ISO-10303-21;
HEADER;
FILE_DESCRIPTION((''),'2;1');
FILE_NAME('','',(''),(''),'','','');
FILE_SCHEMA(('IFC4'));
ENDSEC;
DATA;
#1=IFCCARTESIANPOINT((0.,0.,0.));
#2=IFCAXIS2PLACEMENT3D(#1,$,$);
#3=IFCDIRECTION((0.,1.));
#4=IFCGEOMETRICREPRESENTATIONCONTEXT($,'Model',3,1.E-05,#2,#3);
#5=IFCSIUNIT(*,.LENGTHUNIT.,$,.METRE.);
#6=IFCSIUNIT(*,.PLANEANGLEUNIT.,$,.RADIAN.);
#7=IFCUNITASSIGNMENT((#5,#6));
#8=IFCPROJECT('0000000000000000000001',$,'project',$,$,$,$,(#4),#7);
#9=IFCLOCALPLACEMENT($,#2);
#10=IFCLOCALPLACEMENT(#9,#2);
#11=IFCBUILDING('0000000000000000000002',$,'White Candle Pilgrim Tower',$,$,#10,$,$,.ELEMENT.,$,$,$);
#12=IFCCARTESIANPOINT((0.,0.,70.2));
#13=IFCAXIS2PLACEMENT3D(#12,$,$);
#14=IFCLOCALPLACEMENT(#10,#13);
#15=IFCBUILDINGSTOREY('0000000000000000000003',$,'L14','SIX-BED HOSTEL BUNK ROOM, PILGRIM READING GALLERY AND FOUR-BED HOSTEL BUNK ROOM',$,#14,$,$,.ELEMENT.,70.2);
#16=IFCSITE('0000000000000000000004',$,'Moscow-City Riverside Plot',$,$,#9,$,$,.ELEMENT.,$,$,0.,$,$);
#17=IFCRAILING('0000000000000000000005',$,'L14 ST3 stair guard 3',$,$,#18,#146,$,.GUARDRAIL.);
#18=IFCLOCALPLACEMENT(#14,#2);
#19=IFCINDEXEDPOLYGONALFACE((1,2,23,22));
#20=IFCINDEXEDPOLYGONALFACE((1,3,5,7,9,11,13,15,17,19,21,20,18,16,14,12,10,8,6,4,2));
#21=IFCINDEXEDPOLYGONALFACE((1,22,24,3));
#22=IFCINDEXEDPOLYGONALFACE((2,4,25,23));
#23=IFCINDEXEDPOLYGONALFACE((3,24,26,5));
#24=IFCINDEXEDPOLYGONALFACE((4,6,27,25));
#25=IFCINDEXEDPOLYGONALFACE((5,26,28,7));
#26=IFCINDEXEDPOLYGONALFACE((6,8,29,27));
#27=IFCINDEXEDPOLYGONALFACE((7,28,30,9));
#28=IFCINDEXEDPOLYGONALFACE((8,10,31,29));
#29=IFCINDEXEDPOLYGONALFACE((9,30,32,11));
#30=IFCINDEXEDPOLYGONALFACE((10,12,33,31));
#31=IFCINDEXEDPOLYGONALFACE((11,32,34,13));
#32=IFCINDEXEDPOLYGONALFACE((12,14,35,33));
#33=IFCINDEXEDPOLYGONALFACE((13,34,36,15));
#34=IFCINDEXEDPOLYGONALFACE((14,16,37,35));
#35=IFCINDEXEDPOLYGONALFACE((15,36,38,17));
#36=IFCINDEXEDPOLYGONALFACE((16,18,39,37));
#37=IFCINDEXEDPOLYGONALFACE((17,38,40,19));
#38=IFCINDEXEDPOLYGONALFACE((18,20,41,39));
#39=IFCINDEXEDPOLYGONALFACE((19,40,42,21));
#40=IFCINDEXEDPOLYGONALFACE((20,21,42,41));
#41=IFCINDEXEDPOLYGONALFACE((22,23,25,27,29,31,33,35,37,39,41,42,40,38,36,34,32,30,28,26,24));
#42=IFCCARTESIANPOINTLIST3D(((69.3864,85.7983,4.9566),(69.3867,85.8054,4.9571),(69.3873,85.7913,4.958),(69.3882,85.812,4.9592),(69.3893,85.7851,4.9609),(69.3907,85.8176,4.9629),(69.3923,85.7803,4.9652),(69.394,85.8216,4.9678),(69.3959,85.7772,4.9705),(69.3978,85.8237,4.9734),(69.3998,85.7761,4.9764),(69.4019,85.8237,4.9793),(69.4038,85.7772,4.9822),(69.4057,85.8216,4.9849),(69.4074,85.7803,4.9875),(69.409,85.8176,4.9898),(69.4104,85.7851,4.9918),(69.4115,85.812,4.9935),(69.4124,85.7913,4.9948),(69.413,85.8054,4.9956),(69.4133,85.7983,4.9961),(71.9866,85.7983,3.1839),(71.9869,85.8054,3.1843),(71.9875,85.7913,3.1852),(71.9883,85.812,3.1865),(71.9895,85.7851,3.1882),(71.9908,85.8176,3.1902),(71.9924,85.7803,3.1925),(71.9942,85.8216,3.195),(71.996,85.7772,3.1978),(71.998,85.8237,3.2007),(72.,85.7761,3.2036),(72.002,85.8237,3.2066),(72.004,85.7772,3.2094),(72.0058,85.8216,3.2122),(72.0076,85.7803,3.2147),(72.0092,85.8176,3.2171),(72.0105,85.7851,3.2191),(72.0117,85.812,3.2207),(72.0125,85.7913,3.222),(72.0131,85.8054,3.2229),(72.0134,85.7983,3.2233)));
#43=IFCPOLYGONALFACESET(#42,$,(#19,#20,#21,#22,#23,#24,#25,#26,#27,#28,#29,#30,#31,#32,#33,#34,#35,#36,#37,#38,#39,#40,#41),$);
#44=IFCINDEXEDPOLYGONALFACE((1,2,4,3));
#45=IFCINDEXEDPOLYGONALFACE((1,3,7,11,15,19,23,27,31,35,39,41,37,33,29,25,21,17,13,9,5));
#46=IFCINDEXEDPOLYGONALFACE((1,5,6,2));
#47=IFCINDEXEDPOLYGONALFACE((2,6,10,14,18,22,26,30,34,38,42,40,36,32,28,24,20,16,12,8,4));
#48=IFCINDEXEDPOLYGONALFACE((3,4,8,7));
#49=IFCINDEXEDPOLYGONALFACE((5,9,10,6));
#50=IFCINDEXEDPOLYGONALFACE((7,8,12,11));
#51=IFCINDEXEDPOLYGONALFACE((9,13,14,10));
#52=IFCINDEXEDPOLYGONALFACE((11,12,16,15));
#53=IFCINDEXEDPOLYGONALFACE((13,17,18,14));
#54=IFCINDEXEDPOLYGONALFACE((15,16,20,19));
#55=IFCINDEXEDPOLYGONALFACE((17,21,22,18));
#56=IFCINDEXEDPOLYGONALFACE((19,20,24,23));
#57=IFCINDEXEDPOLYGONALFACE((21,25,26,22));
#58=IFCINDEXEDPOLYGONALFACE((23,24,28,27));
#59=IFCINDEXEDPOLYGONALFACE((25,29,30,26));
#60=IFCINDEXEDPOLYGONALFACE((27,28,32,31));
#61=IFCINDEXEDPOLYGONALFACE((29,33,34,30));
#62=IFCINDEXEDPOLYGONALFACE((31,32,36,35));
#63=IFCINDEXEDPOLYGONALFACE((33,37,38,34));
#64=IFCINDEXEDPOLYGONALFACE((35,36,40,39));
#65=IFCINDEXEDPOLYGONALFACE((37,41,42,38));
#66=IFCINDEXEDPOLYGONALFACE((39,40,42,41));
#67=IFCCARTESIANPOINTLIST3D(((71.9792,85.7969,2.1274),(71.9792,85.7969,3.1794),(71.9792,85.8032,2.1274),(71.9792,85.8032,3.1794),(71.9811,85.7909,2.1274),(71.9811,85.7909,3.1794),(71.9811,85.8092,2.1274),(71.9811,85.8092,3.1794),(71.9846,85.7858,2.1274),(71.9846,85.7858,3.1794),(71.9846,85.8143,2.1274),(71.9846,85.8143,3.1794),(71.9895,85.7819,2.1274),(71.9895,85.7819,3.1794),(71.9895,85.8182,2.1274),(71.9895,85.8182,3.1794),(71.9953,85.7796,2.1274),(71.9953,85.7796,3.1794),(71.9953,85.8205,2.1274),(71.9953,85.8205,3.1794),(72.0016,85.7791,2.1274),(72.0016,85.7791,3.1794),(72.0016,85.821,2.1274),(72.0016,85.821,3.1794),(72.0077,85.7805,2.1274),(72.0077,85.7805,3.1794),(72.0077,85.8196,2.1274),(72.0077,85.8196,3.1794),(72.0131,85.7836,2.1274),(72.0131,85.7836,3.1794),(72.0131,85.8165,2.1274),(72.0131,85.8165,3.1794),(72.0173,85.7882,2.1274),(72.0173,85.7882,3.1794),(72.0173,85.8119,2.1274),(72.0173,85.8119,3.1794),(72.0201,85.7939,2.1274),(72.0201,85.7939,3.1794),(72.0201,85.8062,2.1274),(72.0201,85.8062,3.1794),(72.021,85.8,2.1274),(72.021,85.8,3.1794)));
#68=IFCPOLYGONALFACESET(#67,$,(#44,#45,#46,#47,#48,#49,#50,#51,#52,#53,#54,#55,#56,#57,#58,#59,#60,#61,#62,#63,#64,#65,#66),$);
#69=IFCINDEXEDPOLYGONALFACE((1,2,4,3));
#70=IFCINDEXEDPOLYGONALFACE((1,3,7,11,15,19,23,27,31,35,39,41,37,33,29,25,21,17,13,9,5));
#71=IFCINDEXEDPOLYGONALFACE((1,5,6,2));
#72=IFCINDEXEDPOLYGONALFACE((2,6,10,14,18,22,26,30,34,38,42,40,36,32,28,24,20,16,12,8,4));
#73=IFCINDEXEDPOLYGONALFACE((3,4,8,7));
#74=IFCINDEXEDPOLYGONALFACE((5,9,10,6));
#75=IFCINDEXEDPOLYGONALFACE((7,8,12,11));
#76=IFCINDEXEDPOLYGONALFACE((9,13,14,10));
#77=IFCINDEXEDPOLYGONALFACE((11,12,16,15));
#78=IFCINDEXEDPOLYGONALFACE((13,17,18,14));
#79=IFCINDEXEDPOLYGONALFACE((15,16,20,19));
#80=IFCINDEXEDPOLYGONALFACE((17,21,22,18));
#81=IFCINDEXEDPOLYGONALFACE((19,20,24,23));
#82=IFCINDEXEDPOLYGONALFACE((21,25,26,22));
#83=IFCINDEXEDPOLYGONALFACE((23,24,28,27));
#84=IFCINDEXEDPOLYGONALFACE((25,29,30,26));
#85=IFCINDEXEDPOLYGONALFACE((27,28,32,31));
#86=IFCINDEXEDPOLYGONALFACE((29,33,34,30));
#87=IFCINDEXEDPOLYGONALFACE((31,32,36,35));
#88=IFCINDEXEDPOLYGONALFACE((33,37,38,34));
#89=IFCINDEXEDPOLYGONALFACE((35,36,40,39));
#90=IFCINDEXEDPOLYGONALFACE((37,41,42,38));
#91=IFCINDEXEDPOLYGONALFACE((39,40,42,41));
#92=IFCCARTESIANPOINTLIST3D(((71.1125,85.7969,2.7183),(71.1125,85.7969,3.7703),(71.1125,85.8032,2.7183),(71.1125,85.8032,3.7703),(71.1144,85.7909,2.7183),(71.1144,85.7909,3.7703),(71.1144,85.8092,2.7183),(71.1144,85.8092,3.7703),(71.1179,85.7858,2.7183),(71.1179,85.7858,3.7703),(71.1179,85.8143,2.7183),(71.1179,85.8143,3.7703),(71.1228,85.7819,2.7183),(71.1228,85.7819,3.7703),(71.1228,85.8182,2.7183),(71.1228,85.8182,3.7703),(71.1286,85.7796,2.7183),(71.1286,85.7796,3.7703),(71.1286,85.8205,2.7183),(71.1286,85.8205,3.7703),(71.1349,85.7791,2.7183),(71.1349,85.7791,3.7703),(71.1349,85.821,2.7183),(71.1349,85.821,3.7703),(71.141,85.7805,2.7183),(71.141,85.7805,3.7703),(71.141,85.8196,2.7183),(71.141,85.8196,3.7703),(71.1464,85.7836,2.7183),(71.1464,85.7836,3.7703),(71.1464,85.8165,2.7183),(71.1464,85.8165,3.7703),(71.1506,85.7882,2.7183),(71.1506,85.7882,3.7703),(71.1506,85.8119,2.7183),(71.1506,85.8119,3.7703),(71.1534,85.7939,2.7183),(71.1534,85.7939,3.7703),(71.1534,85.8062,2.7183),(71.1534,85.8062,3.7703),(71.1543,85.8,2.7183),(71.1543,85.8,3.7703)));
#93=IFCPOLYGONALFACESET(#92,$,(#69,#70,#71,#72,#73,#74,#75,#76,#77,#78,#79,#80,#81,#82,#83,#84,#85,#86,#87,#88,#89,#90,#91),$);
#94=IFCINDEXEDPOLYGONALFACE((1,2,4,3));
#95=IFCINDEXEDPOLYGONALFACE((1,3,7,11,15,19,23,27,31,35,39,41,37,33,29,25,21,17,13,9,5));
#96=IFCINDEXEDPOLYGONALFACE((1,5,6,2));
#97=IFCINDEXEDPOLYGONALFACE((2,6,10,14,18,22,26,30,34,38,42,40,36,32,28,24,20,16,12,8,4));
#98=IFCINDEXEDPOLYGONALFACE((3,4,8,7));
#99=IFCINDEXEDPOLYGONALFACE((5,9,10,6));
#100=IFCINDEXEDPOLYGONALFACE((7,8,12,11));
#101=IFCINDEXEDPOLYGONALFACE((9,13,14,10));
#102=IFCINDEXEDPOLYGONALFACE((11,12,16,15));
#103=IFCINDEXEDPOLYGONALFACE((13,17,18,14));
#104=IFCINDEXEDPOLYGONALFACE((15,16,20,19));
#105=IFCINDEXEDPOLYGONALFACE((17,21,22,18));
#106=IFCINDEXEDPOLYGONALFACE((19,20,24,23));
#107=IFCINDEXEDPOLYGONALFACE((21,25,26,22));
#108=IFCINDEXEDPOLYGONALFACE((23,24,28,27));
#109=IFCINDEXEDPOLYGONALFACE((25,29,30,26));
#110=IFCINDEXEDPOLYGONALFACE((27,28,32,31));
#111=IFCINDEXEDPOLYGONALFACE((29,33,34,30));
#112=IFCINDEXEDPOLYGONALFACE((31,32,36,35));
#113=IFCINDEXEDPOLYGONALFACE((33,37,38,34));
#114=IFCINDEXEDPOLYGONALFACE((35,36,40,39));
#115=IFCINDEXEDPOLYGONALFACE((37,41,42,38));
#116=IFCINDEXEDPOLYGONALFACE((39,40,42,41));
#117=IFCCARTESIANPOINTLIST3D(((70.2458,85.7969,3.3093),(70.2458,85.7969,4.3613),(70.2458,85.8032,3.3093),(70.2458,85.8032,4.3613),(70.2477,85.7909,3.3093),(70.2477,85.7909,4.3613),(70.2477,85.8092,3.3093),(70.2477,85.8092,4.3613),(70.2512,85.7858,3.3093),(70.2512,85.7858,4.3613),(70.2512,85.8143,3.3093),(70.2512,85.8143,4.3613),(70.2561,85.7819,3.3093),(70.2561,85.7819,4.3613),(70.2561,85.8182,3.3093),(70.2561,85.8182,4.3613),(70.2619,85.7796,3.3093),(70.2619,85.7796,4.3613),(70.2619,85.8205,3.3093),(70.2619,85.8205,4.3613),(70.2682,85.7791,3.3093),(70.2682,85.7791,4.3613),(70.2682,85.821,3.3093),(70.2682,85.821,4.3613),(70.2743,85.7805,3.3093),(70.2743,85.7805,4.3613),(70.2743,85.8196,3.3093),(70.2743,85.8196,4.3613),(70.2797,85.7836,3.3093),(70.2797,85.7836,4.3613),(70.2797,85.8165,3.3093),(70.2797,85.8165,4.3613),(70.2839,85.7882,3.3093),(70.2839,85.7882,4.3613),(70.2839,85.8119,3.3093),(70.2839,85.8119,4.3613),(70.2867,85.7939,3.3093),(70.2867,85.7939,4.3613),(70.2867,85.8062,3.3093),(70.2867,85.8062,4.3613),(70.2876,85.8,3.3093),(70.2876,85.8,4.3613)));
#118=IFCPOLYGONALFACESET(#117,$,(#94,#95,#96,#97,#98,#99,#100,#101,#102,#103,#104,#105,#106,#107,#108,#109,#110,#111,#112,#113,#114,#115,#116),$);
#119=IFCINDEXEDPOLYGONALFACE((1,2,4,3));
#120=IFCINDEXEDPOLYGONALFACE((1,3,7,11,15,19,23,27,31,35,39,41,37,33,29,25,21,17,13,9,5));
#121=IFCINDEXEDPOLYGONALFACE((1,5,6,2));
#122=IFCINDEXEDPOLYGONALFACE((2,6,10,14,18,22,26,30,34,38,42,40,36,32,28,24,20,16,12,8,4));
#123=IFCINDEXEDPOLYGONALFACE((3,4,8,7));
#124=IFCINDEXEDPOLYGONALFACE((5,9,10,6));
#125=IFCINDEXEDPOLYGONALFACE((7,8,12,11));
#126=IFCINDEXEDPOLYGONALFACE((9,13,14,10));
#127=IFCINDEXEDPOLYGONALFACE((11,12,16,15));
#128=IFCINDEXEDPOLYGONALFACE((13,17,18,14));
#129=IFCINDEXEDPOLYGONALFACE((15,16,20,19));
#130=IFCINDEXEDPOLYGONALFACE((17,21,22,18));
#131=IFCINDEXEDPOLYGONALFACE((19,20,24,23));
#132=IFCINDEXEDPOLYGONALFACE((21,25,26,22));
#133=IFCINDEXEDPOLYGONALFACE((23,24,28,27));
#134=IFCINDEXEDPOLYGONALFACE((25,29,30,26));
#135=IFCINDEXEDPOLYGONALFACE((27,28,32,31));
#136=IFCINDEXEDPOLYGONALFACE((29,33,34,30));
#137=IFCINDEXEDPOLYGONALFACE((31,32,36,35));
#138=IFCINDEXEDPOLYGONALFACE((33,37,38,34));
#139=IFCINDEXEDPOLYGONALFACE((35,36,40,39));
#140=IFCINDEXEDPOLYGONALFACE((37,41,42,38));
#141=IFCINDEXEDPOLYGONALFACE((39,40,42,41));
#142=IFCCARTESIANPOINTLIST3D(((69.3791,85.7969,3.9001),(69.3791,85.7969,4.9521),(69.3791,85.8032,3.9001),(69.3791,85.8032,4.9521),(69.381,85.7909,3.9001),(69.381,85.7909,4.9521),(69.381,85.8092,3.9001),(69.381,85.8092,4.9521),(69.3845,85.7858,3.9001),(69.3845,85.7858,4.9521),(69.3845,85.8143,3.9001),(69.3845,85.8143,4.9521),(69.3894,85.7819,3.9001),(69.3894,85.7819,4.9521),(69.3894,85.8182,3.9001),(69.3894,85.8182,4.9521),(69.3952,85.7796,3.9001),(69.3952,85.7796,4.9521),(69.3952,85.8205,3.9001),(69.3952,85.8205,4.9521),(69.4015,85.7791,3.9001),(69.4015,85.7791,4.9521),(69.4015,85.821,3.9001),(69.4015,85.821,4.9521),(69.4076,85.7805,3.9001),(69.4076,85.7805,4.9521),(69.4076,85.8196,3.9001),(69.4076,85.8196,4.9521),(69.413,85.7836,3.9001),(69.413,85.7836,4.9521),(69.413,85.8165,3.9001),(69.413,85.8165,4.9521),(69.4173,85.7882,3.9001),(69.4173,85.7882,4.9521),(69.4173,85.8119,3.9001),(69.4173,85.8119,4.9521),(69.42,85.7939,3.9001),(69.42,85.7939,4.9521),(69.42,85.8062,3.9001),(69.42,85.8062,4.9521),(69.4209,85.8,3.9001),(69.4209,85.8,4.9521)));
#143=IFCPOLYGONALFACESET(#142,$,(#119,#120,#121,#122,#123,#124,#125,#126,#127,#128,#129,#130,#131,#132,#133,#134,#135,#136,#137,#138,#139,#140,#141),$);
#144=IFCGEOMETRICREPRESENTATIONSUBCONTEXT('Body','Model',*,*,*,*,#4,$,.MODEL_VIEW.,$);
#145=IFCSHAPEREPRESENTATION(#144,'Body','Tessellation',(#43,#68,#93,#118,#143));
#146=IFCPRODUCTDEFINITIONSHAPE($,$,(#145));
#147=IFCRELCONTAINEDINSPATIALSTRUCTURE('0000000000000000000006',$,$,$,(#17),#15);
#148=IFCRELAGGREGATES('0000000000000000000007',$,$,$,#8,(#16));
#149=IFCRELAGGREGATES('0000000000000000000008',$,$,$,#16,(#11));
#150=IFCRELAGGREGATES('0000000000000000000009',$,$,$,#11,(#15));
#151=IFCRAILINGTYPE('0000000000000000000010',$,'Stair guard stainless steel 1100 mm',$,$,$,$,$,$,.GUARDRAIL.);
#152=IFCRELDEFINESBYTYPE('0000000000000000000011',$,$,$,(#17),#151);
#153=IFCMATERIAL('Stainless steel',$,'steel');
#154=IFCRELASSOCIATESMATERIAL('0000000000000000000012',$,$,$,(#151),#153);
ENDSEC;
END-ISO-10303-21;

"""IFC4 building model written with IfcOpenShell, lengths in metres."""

from ifc_helpers import new_model, si_unit, direction, frame, origin, origin_2d, place, context, subcontext, project, spatial, circle, extrude, material, type_object, element, save


model = new_model("IFC4")

# Units and contexts
model_context = context("Model", 3, precision=1e-05, world=origin(), true_north=direction((0.0, 1.0)))
body_context = subcontext(model_context, "Body", "Model", "MODEL_VIEW")
ifc_project = project(units=[si_unit("LENGTHUNIT", "METRE"), si_unit("PLANEANGLEUNIT", "RADIAN")], contexts=[model_context])

# Site, building, storey
site_placement = place(None, origin())
site = spatial("IfcSite", under=ifc_project, at=site_placement, Name="Moscow-City Riverside Plot", CompositionType="ELEMENT", RefElevation=0.0)
building_placement = place(site_placement, origin())
building = spatial("IfcBuilding", under=site, at=building_placement, Name="White Candle Pilgrim Tower", CompositionType="ELEMENT")
storey_placement = place(building_placement, frame((0.0, 0.0, 70.2)))
storey = spatial("IfcBuildingStorey", under=building, at=storey_placement, Name="L14", Description="SIX-BED HOSTEL BUNK ROOM, PILGRIM READING GALLERY AND FOUR-BED HOSTEL BUNK ROOM", CompositionType="ELEMENT", Elevation=70.2)

# Railing
ifc_material_1 = material(Name="Stainless steel", Category="steel")
railing_type_1 = type_object("IfcRailingType", Name="Stair guard stainless steel 1100 mm", PredefinedType="GUARDRAIL", material=ifc_material_1)
railing_1_placement = place(storey_placement, frame((72.0, 85.8, 2.1274)))
element("IfcRailing", 1, at=railing_1_placement, inside=storey, type_object=railing_type_1, Name="L14 ST3 stair guard 3", PredefinedType="GUARDRAIL", context=body_context, shape_type="SweptSolid", body=[
    extrude(circle(Radius=0.0239, at=origin_2d()), frame((0.0, 0.0, 1.0762), z_axis=(-0.82624, 0.0, 0.563318), x_axis=(0.0, -1.0, 0.0)), (0.0, 0.0, 1.0), 3.147),
    extrude(circle(Radius=0.021, at=origin_2d()), origin(), (0.0, 0.0, 1.0), 1.052),
    extrude(circle(Radius=0.021, at=origin_2d()), frame((-0.8667, 0.0, 0.5908)), (0.0, 0.0, 1.0), 1.052),
    extrude(circle(Radius=0.021, at=origin_2d()), frame((-1.7334, 0.0, 1.1819)), (0.0, 0.0, 1.0), 1.052),
    extrude(circle(Radius=0.021, at=origin_2d()), frame((-2.6001, 0.0, 1.7727)), (0.0, 0.0, 1.0), 1.052),
])

save(model, "model.ifc")
